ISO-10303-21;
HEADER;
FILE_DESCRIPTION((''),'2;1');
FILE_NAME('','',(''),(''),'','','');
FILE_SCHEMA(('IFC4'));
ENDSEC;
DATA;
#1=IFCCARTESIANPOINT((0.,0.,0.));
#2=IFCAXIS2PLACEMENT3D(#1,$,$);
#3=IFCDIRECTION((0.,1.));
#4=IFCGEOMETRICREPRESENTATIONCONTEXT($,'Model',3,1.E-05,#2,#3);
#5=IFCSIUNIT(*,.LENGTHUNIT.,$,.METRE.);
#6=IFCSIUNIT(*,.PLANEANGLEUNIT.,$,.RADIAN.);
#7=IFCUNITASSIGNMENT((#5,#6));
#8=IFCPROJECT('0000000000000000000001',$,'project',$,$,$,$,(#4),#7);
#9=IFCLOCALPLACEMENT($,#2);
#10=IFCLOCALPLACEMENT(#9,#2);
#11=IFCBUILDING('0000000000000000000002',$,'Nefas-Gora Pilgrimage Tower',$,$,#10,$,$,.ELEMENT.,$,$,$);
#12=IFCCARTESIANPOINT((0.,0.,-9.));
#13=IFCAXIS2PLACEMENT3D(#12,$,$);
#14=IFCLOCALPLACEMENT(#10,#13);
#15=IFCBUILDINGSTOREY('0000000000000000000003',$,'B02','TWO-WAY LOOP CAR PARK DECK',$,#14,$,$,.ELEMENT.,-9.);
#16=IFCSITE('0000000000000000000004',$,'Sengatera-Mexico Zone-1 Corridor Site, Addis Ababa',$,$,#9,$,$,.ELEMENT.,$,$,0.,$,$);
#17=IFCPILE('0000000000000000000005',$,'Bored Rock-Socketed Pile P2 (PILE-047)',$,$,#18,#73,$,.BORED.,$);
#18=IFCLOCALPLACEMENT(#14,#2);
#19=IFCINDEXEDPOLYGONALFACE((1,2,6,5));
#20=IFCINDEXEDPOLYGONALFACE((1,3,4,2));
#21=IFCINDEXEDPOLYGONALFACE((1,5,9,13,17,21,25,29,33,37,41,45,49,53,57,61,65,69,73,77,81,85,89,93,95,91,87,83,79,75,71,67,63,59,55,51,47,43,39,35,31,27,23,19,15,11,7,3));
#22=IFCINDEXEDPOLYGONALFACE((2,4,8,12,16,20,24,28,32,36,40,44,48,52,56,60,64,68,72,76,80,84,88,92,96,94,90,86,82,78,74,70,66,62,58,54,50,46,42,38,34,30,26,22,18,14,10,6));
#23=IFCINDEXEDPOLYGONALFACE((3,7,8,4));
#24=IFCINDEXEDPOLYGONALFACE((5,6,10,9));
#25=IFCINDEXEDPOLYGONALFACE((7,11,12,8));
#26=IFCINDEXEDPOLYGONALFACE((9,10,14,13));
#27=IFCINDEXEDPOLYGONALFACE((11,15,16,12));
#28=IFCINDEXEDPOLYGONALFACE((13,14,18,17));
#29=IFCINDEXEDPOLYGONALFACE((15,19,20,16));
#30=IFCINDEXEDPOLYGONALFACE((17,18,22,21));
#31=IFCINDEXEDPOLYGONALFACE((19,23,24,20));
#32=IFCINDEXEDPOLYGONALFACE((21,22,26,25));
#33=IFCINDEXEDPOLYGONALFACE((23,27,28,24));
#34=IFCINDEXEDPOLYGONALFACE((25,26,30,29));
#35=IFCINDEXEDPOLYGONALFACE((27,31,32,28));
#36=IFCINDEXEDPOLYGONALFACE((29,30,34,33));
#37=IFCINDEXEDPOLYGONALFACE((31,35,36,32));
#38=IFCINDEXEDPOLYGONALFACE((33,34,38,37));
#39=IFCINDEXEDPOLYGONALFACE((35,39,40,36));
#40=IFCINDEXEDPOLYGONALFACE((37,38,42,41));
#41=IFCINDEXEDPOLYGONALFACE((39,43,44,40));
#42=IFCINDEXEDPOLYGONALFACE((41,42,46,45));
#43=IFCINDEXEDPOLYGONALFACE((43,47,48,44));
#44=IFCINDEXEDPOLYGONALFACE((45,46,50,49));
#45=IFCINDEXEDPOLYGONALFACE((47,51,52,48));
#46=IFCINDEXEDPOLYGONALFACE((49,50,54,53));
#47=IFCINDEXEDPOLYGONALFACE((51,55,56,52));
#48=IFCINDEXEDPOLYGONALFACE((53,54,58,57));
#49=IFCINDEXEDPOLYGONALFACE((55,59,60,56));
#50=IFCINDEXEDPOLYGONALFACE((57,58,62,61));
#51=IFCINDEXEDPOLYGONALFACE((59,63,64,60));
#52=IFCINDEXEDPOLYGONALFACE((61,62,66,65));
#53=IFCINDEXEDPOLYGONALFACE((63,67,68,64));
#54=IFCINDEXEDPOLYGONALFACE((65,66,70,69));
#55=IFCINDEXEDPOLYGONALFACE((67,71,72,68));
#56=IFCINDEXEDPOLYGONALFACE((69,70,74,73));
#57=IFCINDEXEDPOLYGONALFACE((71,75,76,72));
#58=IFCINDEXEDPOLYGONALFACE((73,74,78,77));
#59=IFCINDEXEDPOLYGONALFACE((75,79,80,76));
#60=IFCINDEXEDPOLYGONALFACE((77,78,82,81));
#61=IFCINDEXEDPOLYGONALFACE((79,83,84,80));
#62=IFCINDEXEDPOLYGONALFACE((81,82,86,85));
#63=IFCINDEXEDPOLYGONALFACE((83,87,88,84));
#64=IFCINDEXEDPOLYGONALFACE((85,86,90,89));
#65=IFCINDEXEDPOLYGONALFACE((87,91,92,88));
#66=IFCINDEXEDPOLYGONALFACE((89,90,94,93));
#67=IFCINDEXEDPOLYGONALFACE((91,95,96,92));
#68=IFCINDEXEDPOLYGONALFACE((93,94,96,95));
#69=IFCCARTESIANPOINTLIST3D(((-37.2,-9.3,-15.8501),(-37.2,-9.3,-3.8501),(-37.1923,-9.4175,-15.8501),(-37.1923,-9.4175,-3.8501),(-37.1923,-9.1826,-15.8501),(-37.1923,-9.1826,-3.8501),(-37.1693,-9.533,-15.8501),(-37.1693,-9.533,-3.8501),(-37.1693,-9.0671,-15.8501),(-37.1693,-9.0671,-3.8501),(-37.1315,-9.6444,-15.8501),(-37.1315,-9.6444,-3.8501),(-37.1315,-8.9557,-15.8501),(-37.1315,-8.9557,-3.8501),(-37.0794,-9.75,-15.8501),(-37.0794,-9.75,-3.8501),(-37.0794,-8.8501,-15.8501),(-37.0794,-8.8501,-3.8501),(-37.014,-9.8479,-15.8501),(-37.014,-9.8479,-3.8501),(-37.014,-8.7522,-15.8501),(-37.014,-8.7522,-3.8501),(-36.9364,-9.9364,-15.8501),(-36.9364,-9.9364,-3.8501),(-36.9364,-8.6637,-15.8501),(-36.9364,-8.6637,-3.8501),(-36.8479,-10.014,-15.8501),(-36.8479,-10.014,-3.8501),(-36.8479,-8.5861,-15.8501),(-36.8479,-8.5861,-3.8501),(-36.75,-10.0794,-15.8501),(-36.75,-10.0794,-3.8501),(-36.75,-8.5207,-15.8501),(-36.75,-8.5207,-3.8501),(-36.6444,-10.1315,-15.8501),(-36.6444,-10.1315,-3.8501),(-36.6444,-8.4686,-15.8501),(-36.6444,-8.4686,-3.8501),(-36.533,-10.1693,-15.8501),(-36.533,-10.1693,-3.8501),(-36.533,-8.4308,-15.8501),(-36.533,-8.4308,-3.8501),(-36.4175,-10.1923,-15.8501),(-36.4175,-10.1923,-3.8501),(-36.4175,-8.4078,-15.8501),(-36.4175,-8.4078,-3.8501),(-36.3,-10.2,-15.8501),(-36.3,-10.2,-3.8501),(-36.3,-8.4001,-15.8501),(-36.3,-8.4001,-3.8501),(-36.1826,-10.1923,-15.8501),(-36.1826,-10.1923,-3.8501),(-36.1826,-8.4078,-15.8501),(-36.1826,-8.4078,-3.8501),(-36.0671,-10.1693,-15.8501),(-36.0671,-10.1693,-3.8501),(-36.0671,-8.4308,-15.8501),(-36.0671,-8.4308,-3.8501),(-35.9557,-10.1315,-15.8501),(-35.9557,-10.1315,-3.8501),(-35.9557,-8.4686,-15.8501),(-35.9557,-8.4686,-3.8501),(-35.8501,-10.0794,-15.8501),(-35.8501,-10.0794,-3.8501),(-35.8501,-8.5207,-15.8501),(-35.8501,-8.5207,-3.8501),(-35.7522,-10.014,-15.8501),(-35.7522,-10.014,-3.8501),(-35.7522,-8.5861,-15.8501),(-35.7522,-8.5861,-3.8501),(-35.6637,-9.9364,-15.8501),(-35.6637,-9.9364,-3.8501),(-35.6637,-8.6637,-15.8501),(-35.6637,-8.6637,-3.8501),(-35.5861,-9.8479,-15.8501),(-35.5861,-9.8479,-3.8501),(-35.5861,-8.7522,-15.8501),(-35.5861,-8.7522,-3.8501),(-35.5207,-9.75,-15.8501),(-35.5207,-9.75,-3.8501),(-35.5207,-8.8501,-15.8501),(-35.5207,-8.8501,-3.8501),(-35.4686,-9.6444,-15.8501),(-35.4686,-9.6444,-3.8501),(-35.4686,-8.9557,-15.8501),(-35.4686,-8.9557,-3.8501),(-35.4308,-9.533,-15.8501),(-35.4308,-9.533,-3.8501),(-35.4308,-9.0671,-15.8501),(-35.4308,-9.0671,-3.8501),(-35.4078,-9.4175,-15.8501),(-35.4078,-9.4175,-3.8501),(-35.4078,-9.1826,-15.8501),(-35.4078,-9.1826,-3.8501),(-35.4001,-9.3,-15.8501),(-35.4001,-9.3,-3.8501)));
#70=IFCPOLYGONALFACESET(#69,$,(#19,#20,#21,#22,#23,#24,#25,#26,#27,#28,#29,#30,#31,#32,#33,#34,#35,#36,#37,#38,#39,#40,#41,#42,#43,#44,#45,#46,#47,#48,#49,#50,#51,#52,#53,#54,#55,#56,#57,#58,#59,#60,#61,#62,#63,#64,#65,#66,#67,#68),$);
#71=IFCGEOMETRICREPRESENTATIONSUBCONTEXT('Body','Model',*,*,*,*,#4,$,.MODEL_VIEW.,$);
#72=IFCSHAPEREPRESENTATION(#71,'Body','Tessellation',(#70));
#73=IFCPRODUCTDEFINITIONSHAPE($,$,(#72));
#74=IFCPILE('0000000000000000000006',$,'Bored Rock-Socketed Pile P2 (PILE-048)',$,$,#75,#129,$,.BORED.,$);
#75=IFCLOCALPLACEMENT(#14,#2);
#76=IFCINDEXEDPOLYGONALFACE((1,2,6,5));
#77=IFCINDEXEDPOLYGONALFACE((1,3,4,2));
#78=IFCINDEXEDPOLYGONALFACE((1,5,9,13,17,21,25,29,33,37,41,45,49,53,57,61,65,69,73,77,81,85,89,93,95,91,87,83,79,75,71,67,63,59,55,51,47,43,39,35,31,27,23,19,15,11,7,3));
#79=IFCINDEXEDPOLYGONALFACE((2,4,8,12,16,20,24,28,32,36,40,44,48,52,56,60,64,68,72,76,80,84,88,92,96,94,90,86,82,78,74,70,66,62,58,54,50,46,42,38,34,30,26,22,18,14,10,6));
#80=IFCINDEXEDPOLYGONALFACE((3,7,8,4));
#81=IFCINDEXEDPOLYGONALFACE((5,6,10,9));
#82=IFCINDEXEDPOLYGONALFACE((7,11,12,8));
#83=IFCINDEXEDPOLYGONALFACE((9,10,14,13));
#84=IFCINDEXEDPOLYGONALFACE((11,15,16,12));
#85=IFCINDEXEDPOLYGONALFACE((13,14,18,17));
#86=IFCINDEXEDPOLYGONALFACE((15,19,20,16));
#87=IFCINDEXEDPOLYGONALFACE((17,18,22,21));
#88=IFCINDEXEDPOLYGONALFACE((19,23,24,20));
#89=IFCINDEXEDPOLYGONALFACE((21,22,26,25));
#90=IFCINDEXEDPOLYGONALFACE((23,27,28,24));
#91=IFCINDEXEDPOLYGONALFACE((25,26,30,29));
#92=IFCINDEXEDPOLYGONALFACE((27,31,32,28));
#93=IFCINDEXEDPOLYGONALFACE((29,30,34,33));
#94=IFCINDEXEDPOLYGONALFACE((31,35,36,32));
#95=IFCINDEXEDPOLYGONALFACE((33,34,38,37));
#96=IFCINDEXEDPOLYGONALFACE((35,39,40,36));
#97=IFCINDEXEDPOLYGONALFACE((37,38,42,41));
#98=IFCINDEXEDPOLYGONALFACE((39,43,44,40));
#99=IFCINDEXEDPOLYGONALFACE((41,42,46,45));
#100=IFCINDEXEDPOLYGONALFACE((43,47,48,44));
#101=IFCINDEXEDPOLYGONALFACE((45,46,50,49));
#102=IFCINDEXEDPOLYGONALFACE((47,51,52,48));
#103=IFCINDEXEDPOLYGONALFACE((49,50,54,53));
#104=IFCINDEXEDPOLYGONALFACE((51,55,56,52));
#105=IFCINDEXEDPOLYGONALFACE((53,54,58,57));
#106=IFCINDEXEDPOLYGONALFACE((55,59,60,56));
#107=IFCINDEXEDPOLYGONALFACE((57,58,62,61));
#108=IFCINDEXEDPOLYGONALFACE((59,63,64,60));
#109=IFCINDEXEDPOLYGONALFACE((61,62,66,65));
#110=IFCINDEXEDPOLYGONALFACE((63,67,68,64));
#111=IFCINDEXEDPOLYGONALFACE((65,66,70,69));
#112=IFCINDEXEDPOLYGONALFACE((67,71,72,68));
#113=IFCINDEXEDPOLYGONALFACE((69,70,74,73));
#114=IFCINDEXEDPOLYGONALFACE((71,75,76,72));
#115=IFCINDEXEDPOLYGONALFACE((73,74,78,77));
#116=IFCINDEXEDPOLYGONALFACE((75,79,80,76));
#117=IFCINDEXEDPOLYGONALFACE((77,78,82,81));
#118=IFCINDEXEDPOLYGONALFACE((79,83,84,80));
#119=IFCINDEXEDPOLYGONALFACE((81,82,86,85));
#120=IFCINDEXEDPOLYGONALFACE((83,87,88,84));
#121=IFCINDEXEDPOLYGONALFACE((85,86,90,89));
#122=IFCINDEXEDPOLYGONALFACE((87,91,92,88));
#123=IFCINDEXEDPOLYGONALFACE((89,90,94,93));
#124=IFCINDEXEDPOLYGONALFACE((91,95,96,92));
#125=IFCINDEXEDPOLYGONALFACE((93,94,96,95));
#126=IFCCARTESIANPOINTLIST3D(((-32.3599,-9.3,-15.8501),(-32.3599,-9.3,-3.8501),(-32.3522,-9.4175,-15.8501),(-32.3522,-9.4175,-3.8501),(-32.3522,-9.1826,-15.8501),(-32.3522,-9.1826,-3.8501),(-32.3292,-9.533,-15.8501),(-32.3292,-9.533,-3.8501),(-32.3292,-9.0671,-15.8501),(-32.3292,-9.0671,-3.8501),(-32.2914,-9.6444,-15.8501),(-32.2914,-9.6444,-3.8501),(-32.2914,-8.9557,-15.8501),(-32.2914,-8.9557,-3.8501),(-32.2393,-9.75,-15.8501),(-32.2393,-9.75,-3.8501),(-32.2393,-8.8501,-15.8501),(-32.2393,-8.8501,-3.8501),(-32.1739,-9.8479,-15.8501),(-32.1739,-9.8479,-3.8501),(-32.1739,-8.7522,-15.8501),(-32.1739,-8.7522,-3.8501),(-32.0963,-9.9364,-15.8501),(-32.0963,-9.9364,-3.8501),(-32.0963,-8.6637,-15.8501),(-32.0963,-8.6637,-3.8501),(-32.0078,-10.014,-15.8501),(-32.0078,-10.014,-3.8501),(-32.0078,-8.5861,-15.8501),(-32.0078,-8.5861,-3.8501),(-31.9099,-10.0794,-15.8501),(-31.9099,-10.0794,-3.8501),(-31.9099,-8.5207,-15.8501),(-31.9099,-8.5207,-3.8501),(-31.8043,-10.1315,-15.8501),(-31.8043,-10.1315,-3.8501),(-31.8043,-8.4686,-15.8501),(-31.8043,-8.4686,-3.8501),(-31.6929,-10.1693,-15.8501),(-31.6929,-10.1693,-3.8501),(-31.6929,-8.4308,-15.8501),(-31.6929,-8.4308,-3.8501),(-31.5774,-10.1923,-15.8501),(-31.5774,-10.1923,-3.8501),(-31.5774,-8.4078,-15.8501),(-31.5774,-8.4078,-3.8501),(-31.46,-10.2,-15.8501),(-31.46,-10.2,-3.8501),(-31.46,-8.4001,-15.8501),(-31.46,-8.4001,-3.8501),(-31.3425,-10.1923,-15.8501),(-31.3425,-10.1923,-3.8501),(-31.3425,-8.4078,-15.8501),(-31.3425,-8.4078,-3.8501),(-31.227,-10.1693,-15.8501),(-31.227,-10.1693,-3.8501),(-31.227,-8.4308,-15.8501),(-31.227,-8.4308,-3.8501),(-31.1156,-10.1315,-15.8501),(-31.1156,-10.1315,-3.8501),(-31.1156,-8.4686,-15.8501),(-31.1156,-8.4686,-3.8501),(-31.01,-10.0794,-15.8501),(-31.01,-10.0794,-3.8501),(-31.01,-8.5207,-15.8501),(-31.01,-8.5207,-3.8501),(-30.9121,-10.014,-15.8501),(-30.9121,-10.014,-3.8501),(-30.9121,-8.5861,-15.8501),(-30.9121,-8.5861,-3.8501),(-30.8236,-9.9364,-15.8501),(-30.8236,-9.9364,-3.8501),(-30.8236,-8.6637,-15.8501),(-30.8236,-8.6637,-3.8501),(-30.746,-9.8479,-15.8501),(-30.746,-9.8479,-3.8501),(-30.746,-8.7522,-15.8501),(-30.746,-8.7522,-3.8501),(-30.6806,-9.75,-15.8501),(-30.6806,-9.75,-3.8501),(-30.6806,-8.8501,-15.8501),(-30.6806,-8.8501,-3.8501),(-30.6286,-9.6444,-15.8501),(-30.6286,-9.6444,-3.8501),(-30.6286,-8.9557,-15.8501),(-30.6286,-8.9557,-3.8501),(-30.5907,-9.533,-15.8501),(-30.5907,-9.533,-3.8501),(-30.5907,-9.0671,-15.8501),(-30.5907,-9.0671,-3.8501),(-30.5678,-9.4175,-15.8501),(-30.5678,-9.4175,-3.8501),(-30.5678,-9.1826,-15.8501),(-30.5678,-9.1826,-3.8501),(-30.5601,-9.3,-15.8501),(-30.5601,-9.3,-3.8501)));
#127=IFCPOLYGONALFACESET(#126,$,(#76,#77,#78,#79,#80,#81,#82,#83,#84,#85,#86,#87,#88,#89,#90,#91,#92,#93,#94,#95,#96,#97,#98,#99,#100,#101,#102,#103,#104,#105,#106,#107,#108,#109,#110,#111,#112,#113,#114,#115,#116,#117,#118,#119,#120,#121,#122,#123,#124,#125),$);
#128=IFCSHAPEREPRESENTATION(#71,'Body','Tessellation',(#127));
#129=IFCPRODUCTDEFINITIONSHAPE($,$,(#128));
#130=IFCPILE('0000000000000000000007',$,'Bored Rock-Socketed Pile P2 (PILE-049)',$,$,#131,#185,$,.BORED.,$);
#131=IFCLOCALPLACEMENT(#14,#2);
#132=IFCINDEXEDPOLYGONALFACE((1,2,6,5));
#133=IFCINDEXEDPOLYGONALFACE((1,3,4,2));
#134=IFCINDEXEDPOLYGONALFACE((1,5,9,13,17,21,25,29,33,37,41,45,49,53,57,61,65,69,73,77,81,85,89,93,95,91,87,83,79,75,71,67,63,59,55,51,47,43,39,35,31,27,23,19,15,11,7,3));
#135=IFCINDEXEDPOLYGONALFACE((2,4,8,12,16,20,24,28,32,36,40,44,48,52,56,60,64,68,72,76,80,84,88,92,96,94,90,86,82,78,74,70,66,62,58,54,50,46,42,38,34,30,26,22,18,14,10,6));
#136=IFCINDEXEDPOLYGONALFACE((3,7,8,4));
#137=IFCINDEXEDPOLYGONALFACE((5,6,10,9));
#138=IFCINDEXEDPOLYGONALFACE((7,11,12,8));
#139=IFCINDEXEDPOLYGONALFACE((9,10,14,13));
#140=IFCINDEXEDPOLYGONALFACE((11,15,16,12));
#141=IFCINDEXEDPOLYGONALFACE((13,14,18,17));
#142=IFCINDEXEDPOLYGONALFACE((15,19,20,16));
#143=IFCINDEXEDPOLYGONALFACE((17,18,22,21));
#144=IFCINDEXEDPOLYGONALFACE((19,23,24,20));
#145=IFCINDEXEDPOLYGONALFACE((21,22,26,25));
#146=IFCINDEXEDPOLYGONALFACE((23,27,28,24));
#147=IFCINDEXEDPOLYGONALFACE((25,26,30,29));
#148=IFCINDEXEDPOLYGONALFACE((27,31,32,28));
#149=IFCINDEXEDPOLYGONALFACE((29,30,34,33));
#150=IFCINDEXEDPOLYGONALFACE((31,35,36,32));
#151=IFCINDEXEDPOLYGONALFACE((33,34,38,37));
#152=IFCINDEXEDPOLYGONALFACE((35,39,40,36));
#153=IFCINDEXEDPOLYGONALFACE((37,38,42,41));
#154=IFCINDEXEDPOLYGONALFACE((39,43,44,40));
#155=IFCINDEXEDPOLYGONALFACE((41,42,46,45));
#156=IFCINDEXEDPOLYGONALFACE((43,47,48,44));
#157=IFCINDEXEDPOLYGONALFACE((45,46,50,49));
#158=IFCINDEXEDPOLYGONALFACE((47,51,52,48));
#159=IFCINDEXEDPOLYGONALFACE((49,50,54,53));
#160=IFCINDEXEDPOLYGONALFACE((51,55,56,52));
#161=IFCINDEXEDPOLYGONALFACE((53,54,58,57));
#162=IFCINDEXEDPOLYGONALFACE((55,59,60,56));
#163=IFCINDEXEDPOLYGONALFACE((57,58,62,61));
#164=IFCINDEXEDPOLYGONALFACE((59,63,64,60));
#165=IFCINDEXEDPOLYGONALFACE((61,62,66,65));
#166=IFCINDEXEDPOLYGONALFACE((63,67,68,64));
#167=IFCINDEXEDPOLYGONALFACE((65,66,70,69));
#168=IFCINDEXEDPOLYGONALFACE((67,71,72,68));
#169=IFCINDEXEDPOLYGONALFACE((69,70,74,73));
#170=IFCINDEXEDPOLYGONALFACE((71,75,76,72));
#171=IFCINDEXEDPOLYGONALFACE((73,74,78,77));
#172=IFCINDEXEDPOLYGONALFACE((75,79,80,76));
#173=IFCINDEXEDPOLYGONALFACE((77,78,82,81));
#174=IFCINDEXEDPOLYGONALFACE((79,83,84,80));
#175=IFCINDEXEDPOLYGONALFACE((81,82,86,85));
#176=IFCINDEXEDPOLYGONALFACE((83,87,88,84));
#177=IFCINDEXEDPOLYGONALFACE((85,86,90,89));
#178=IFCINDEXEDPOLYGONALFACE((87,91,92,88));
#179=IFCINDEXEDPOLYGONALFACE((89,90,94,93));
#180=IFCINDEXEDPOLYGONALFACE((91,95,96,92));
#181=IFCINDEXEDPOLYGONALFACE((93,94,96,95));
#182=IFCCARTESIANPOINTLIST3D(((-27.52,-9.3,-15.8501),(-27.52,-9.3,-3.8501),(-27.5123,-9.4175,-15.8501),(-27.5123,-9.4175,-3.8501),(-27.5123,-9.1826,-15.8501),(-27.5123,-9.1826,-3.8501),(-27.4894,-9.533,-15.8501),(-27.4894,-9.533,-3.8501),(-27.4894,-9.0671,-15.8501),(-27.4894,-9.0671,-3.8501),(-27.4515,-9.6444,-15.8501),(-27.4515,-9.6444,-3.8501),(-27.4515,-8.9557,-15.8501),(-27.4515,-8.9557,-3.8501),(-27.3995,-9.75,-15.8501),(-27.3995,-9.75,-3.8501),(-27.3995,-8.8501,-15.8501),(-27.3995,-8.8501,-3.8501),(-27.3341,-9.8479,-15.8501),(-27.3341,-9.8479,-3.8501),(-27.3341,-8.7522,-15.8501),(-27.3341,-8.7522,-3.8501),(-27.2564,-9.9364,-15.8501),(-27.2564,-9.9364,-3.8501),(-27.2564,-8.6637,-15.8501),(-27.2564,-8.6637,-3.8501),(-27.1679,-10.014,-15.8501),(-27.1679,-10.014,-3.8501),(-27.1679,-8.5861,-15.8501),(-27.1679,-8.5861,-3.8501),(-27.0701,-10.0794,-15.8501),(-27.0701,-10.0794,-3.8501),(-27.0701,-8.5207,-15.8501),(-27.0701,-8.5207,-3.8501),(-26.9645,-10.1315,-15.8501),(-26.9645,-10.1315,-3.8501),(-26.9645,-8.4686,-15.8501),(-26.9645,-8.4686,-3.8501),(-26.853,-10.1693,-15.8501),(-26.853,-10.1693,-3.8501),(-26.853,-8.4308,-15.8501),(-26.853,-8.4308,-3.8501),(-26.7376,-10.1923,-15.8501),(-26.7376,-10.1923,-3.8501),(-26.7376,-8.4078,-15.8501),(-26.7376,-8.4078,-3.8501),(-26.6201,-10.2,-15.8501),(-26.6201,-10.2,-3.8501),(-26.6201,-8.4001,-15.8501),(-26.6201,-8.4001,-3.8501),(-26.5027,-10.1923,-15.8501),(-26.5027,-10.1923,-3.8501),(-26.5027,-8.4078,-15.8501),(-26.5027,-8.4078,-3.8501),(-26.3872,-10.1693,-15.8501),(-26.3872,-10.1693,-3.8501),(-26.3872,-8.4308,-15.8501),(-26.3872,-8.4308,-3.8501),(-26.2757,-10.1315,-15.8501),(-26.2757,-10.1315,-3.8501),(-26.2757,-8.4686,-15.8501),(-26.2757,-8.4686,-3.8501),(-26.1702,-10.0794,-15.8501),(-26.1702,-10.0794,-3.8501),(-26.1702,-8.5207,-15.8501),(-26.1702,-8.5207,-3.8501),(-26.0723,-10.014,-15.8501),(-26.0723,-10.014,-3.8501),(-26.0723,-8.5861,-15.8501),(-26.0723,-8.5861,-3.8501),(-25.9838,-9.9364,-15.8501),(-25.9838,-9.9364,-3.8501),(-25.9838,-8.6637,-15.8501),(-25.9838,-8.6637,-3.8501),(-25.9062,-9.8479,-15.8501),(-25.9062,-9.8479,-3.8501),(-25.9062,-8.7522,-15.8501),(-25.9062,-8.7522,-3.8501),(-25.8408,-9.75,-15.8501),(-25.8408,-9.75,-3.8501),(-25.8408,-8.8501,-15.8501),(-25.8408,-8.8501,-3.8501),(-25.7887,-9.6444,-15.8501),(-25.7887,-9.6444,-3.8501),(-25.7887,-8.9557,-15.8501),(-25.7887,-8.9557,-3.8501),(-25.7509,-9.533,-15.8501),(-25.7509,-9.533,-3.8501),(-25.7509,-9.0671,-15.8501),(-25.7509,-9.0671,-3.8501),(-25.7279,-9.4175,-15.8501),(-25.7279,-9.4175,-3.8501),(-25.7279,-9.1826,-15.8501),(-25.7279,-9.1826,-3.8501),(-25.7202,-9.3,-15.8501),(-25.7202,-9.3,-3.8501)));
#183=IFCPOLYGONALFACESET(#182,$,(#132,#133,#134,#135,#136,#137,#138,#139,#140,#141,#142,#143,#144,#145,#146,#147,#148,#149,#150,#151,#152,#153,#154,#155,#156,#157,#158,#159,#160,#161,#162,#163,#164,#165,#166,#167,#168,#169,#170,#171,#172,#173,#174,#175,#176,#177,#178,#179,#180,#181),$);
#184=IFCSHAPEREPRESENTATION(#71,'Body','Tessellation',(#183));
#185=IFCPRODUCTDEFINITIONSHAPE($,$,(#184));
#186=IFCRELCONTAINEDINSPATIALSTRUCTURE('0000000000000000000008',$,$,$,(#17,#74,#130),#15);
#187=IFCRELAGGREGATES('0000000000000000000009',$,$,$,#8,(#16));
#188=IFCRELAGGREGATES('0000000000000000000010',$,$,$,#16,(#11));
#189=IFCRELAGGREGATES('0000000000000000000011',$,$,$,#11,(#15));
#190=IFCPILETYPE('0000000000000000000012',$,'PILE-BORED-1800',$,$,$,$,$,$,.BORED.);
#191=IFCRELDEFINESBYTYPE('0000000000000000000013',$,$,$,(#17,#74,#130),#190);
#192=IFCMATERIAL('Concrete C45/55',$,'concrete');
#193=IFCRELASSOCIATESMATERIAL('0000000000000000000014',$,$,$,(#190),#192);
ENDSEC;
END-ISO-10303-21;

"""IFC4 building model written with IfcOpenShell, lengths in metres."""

from ifc_helpers import new_model, si_unit, direction, frame, origin, origin_2d, place, context, subcontext, project, spatial, circle, extrude, source, transform, mapped, material, material_profile, profile_set, type_object, element, save


model = new_model("IFC4")

# Units and contexts
model_context = context("Model", 3, precision=1e-05, world=origin(), true_north=direction((0.0, 1.0)))
body_context = subcontext(model_context, "Body", "Model", "MODEL_VIEW")
ifc_project = project(units=[si_unit("LENGTHUNIT", "METRE"), si_unit("PLANEANGLEUNIT", "RADIAN")], contexts=[model_context])

# Site, building, storey
site_placement = place(None, origin())
site = spatial("IfcSite", under=ifc_project, at=site_placement, Name="Sengatera-Mexico Zone-1 Corridor Site, Addis Ababa", CompositionType="ELEMENT", RefElevation=0.0)
building_placement = place(site_placement, origin())
building = spatial("IfcBuilding", under=site, at=building_placement, Name="Nefas-Gora Pilgrimage Tower", CompositionType="ELEMENT")
storey_placement = place(building_placement, frame((0.0, 0.0, -9.0)))
storey = spatial("IfcBuildingStorey", under=building, at=storey_placement, Name="B02", Description="TWO-WAY LOOP CAR PARK DECK", CompositionType="ELEMENT", Elevation=-9.0)

# Piles
ifc_material_1 = material(Name="Concrete C45/55", Category="concrete")
ifc_material_profile_1 = material_profile(ifc_material_1, circle(Radius=0.8999, at=origin_2d()), Name="PILE D1800")
ifc_profile_set_1 = profile_set([ifc_material_profile_1], Name="Concrete C45/55")
pile_type_1 = type_object("IfcPileType", Name="PILE-BORED-1800", PredefinedType="BORED", material=ifc_profile_set_1)
shared_shape_1 = source(origin(), body_context, "Body", "SweptSolid", [
    extrude(circle(Radius=0.8999, at=origin_2d()), origin(), (0.0, 0.0, 1.0), 12.0),
])
for number, where, z_axis, x_axis, name in (
    (1, (-36.3, -9.3, -3.8501), (0.0, 0.0, -1.0), (1.0, 0.0, 0.0), "Bored Rock-Socketed Pile P2 (PILE-047)"),
    (2, (-31.46, -9.3, -3.8501), (0.0, 0.0, -1.0), (1.0, 0.0, 0.0), "Bored Rock-Socketed Pile P2 (PILE-048)"),
    (3, (-26.6201, -9.3, -3.8501), (0.0, 0.0, -1.0), (1.0, 0.0, 0.0), "Bored Rock-Socketed Pile P2 (PILE-049)"),
):
    element("IfcPile", number, at=place(storey_placement, frame(where, z_axis=z_axis, x_axis=x_axis)), inside=storey, type_object=pile_type_1, Name=name, PredefinedType="BORED", context=body_context, shape_type="MappedRepresentation", body=[
        mapped(shared_shape_1, transform((0.0, 0.0, 0.0), x_axis=(1.0, 0.0, 0.0), y_axis=(0.0, 1.0, 0.0), z_axis=(0.0, 0.0, 1.0), scale=1.0)),
    ])

save(model, "model.ifc")
